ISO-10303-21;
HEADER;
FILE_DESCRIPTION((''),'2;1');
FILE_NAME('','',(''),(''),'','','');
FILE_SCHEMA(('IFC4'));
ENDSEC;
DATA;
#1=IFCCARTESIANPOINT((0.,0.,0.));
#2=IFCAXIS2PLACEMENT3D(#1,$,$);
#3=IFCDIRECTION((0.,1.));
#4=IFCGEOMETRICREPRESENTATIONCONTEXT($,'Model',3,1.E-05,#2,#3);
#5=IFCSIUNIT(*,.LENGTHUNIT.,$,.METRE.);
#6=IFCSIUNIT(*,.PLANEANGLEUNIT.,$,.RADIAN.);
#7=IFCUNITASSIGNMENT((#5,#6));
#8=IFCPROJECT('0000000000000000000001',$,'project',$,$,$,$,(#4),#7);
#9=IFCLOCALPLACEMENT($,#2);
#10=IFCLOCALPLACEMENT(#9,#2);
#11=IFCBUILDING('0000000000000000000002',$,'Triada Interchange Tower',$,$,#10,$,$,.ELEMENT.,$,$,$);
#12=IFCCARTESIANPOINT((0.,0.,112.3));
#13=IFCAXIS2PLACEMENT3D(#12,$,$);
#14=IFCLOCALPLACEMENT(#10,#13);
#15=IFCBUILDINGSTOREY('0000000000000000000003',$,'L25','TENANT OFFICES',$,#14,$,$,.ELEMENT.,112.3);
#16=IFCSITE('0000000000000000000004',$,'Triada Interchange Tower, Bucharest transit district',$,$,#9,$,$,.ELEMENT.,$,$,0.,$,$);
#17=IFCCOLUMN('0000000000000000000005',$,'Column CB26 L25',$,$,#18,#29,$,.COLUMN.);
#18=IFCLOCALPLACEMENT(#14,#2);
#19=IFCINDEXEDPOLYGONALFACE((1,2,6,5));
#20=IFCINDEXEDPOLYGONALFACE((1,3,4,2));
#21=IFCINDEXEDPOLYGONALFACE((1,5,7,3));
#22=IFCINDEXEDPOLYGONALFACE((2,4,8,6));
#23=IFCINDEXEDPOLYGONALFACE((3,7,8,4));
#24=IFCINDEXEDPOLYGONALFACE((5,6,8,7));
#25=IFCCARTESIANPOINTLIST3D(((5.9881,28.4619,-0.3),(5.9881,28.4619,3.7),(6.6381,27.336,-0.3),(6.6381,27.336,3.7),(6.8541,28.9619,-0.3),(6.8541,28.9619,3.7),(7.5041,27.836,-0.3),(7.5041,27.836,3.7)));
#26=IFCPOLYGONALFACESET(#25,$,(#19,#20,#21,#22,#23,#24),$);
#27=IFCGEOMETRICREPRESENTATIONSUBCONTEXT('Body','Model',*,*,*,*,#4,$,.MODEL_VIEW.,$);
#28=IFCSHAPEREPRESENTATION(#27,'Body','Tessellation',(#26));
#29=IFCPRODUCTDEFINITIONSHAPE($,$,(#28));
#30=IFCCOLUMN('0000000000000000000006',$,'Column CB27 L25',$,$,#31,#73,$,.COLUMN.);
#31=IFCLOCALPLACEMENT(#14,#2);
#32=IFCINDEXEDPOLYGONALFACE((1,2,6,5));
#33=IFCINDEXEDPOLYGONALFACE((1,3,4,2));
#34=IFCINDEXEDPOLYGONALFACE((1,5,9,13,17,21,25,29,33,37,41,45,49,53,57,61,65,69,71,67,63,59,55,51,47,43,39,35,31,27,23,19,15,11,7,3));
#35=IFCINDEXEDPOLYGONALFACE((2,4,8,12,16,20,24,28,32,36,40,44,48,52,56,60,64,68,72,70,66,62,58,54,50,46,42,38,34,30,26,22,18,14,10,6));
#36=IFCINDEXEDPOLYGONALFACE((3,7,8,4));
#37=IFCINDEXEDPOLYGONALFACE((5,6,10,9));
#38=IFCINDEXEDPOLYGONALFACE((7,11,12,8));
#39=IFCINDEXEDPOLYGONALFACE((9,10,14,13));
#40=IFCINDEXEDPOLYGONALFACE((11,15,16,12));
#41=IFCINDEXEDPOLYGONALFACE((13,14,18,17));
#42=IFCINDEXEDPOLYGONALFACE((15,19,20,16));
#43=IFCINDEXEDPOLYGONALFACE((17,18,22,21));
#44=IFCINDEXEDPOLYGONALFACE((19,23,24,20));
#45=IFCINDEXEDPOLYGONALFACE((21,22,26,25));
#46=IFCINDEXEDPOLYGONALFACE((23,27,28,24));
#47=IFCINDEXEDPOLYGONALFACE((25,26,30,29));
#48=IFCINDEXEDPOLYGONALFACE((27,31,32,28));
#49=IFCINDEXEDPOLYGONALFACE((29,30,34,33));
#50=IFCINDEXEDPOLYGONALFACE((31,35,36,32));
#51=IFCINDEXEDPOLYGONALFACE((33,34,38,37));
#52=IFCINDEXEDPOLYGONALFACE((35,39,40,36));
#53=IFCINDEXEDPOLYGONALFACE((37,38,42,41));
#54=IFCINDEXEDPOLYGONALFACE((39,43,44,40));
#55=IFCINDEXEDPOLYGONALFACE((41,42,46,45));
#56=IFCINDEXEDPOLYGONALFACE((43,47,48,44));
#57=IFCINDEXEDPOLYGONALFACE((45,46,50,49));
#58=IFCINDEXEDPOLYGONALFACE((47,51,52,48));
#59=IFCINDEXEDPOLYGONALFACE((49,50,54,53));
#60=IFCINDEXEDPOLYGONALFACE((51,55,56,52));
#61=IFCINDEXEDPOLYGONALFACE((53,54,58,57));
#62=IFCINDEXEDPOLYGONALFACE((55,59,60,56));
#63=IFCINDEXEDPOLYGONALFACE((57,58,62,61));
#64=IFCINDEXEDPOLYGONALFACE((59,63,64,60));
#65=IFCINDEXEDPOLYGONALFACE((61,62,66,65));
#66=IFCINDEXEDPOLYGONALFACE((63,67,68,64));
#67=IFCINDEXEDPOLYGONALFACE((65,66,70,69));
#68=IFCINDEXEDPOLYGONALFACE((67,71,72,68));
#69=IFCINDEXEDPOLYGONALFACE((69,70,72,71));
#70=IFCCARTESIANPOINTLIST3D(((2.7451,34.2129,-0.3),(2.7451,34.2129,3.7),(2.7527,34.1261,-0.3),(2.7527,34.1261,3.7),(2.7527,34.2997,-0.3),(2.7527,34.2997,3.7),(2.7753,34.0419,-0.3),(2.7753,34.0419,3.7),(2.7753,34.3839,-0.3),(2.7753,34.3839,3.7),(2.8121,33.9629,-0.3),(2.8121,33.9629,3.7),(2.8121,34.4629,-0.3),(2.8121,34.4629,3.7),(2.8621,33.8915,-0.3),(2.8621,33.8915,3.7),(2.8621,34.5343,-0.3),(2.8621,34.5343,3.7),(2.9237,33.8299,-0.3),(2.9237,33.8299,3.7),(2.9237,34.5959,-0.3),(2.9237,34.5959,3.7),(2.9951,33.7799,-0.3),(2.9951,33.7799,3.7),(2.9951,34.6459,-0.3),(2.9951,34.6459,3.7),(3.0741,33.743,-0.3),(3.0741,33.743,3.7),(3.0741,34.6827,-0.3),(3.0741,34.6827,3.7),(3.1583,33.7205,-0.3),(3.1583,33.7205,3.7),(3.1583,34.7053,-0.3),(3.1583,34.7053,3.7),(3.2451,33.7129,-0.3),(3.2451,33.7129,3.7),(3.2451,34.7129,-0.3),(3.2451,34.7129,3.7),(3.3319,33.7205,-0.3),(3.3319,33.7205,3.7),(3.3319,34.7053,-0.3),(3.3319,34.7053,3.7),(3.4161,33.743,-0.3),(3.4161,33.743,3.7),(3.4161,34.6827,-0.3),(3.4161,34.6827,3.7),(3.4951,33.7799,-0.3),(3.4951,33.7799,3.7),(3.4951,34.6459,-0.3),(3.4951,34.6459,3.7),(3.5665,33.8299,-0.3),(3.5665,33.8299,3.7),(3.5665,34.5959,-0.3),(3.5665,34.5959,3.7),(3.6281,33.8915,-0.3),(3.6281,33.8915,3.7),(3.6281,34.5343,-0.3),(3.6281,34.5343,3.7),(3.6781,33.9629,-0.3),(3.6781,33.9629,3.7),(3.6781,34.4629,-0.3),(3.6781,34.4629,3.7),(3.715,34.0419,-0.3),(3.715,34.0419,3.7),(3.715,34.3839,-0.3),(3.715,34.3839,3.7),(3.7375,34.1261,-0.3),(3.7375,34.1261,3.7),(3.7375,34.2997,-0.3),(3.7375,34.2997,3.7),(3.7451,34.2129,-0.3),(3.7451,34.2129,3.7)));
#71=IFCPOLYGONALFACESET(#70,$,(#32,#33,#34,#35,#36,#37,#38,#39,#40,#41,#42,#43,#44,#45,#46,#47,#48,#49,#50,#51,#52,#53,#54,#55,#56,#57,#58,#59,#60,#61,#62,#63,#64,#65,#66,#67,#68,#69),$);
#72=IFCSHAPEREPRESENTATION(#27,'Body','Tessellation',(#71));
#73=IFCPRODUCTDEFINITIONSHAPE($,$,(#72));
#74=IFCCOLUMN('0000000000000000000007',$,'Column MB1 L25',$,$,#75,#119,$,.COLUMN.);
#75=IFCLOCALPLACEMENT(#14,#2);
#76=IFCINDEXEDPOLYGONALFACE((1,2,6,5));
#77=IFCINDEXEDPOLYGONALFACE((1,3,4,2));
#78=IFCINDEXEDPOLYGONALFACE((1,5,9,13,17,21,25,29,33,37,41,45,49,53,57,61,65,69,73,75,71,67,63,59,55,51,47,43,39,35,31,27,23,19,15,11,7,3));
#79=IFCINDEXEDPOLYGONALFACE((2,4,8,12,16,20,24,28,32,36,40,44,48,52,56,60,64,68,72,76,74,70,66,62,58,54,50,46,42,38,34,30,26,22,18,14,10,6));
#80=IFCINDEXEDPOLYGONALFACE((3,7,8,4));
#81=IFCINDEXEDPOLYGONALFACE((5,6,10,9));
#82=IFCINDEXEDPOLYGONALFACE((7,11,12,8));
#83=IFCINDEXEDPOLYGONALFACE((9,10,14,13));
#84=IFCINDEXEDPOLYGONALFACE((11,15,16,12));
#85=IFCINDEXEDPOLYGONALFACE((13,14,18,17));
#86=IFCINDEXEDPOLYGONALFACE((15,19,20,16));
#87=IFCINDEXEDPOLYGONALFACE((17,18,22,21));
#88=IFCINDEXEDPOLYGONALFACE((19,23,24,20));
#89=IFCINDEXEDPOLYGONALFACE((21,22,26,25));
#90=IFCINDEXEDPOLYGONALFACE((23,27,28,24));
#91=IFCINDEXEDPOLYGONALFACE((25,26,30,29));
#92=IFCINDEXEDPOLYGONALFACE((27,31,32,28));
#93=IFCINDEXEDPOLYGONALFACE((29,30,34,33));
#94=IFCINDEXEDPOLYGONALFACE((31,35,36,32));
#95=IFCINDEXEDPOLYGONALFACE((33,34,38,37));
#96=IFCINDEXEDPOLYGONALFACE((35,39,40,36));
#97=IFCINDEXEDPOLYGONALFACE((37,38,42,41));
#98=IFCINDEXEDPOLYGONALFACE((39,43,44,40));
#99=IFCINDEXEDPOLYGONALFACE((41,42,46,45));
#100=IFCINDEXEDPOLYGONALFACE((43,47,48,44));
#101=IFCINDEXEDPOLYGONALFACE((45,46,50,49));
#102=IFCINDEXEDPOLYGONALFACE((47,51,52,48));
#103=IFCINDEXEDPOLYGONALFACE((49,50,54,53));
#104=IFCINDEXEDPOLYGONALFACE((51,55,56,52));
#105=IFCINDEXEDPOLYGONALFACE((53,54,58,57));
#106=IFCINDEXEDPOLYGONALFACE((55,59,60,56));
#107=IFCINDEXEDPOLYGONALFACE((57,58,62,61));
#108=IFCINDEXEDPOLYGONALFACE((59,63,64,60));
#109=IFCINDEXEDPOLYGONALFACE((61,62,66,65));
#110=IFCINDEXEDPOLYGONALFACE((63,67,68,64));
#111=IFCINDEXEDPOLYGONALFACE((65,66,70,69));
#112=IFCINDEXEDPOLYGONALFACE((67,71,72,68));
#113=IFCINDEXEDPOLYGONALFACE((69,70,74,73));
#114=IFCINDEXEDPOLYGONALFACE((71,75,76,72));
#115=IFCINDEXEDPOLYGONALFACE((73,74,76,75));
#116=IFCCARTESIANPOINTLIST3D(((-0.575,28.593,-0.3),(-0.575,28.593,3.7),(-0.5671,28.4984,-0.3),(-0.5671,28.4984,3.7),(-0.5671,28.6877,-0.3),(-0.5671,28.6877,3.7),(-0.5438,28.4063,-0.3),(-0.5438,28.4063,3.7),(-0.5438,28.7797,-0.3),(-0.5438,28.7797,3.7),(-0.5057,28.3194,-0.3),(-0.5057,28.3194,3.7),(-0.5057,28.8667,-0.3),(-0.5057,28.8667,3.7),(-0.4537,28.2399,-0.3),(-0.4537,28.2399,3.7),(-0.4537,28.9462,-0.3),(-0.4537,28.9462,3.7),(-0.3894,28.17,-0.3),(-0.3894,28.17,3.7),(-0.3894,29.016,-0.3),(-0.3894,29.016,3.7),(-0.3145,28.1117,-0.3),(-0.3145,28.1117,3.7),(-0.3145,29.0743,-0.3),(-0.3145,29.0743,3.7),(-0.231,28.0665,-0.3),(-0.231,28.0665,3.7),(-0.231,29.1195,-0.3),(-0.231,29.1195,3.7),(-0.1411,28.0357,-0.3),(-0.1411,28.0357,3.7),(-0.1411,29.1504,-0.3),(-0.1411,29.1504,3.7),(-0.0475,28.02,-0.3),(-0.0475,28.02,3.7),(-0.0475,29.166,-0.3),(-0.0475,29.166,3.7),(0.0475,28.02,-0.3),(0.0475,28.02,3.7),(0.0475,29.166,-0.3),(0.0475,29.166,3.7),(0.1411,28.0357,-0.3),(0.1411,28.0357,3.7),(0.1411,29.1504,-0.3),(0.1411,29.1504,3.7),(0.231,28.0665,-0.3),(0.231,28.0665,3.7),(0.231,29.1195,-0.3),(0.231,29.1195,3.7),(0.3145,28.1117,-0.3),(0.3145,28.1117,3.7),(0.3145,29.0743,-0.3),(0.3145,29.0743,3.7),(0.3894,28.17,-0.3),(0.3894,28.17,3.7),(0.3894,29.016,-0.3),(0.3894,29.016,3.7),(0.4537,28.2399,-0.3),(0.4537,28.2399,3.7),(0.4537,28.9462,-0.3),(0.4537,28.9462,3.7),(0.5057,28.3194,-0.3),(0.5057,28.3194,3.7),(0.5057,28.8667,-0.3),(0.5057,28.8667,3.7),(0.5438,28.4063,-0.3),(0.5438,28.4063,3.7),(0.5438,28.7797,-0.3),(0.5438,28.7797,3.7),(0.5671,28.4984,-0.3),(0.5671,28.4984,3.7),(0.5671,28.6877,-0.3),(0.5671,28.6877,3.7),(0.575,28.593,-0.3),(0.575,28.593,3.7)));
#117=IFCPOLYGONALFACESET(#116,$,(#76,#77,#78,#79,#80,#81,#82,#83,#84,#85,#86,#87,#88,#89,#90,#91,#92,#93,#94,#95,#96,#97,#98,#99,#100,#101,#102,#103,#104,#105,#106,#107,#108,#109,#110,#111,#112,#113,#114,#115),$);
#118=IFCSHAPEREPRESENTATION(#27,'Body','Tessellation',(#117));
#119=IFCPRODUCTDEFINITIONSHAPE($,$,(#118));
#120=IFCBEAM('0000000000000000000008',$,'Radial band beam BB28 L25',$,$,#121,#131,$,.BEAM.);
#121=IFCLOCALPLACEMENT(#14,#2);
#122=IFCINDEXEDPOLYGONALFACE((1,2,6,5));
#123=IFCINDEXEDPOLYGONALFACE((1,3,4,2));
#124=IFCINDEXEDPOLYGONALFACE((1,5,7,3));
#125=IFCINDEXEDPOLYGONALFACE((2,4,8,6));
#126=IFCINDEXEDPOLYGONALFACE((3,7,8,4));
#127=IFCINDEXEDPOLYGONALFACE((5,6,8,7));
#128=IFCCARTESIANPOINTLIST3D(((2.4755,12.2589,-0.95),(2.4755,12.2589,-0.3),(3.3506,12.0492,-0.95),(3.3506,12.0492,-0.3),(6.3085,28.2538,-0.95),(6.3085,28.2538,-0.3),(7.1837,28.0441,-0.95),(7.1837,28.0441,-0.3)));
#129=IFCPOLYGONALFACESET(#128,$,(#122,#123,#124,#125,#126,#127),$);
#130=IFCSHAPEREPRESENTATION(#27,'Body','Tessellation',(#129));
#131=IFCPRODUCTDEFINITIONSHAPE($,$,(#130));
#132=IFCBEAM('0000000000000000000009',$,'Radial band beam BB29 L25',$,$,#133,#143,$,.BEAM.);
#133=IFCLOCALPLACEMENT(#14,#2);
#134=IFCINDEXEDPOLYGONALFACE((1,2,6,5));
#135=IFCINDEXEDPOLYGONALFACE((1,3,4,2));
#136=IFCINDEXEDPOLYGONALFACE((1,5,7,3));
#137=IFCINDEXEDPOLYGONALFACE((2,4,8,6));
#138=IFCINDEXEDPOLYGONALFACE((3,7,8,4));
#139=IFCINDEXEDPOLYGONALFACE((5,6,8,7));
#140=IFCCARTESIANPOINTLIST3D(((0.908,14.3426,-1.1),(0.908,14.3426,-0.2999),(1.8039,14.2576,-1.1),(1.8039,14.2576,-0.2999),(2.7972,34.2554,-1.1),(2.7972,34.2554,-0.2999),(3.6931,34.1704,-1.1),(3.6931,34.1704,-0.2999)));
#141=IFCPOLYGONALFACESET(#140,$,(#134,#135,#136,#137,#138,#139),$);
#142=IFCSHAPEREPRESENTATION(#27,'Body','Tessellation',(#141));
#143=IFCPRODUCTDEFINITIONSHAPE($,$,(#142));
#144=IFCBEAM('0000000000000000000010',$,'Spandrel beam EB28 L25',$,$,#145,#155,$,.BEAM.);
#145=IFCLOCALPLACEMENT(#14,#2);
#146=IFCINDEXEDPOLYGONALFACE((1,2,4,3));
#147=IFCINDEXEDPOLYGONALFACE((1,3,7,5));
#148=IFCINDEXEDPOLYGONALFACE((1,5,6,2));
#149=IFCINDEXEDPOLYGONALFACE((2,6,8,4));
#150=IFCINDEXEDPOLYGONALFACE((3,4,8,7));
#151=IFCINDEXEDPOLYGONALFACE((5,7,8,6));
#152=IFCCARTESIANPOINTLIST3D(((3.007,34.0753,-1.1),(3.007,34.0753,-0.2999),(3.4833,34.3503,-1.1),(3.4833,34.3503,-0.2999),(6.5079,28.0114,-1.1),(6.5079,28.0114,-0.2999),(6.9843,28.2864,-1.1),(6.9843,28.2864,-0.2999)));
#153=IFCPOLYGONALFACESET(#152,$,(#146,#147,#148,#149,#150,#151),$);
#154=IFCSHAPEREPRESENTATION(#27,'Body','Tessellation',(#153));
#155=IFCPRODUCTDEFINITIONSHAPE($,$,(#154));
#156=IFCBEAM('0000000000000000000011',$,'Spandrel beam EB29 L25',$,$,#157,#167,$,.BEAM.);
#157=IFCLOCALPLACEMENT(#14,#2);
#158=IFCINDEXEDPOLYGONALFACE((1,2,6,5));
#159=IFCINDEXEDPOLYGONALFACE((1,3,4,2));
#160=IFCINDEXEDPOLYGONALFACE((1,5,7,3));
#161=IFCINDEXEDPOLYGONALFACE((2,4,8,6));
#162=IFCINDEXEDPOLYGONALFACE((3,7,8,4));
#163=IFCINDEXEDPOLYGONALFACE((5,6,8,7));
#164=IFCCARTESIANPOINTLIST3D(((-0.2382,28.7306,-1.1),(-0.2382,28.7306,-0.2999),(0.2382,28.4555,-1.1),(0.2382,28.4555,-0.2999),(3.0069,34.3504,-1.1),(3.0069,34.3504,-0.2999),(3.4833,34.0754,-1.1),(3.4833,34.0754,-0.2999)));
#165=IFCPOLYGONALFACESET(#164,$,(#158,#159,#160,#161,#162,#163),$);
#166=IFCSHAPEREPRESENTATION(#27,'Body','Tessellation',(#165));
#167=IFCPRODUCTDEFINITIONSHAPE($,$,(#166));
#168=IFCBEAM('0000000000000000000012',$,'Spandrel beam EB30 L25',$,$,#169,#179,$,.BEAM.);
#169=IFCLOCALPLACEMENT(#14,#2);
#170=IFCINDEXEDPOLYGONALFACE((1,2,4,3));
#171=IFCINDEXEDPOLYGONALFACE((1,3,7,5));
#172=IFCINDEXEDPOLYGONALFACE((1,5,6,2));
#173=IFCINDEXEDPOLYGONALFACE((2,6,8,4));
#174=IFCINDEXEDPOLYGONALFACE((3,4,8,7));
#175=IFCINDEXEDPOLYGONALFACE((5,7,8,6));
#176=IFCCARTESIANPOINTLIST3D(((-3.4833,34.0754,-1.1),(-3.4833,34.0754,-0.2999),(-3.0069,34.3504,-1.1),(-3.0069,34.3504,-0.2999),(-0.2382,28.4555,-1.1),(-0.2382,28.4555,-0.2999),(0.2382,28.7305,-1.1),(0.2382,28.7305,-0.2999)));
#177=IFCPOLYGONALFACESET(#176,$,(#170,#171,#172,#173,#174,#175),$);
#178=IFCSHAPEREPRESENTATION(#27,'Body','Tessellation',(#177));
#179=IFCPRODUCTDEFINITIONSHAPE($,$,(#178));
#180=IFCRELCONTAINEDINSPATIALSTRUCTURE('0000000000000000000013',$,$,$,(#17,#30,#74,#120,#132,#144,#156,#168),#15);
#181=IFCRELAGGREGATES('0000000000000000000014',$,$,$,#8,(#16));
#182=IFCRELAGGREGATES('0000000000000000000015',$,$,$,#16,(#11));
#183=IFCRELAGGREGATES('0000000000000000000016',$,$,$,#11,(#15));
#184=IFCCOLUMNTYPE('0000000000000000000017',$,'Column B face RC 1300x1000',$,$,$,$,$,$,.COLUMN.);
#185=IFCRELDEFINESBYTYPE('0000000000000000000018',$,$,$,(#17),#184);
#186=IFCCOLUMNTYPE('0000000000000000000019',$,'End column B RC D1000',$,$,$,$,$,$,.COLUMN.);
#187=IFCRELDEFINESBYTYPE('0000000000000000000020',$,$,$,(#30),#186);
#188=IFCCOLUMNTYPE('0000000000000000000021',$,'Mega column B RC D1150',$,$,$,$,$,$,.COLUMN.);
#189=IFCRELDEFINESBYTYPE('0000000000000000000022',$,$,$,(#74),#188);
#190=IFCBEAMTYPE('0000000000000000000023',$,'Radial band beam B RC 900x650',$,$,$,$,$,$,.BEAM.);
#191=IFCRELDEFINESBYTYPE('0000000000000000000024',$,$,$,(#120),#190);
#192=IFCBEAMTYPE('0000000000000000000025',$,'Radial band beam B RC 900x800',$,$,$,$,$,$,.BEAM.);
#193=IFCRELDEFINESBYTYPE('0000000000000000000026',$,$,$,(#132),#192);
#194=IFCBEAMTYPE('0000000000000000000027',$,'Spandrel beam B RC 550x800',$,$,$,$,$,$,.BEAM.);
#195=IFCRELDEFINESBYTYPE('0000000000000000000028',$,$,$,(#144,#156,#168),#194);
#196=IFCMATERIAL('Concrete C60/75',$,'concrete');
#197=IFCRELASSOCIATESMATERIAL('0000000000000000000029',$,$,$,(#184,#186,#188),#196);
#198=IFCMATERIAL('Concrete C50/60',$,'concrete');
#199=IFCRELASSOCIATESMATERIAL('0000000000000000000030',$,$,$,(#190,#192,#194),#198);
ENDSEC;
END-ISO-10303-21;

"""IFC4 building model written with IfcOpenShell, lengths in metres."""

from ifc_helpers import new_model, si_unit, direction, frame, origin, origin_2d, place, context, subcontext, project, spatial, rectangle, circle, extrude, material, material_profile, profile_set, type_object, element, save


model = new_model("IFC4")

# Units and contexts
model_context = context("Model", 3, precision=1e-05, world=origin(), true_north=direction((0.0, 1.0)))
body_context = subcontext(model_context, "Body", "Model", "MODEL_VIEW")
ifc_project = project(units=[si_unit("LENGTHUNIT", "METRE"), si_unit("PLANEANGLEUNIT", "RADIAN")], contexts=[model_context])

# Site, building, storey
site_placement = place(None, origin())
site = spatial("IfcSite", under=ifc_project, at=site_placement, Name="Triada Interchange Tower, Bucharest transit district", CompositionType="ELEMENT", RefElevation=0.0)
building_placement = place(site_placement, origin())
building = spatial("IfcBuilding", under=site, at=building_placement, Name="Triada Interchange Tower", CompositionType="ELEMENT")
storey_placement = place(building_placement, frame((0.0, 0.0, 112.3)))
storey = spatial("IfcBuildingStorey", under=building, at=storey_placement, Name="L25", Description="TENANT OFFICES", CompositionType="ELEMENT", Elevation=112.3)

# Columns
ifc_material_1 = material(Name="Concrete C60/75", Category="concrete")
ifc_material_profile_1 = material_profile(ifc_material_1, rectangle(XDim=1.3, YDim=1.0, at=origin_2d()), Name="RC 1300x1000")
ifc_profile_set_1 = profile_set([ifc_material_profile_1], Name="Concrete C60/75")
column_type_1 = type_object("IfcColumnType", Name="Column B face RC 1300x1000", PredefinedType="COLUMN", material=ifc_profile_set_1)
column_1_placement = place(storey_placement, frame((6.7461, 28.1489, -0.3), z_axis=(0.0, 0.0, 1.0), x_axis=(-0.5, 0.866025, 0.0)))
element("IfcColumn", 1, at=column_1_placement, inside=storey, type_object=column_type_1, Name="Column CB26 L25", PredefinedType="COLUMN", context=body_context, shape_type="SweptSolid", body=[
    extrude(rectangle(XDim=1.3, YDim=1.0, at=origin_2d()), origin(), (0.0, 0.0, 1.0), 4.0),
])
ifc_material_profile_2 = material_profile(ifc_material_1, circle(Radius=0.5, at=origin_2d()), Name="RC D1000")
ifc_profile_set_2 = profile_set([ifc_material_profile_2], Name="Concrete C60/75")
column_type_2 = type_object("IfcColumnType", Name="End column B RC D1000", PredefinedType="COLUMN", material=ifc_profile_set_2)
column_2_placement = place(storey_placement, frame((3.2451, 34.2129, -0.3), z_axis=(0.0, 0.0, 1.0), x_axis=(-0.5, 0.866025, 0.0)))
element("IfcColumn", 2, at=column_2_placement, inside=storey, type_object=column_type_2, Name="Column CB27 L25", PredefinedType="COLUMN", context=body_context, shape_type="SweptSolid", body=[
    extrude(circle(Radius=0.5, at=origin_2d()), origin(), (0.0, 0.0, 1.0), 4.0),
])
ifc_material_profile_3 = material_profile(ifc_material_1, circle(Radius=0.575, at=origin_2d()), Name="RC D1150")
ifc_profile_set_3 = profile_set([ifc_material_profile_3], Name="Concrete C60/75")
column_type_3 = type_object("IfcColumnType", Name="Mega column B RC D1150", PredefinedType="COLUMN", material=ifc_profile_set_3)
column_3_placement = place(storey_placement, frame((0.0, 28.593, -0.3), z_axis=(0.0, 0.0, 1.0), x_axis=(1.0, 0.0, 0.0)))
element("IfcColumn", 3, at=column_3_placement, inside=storey, type_object=column_type_3, Name="Column MB1 L25", PredefinedType="COLUMN", context=body_context, shape_type="SweptSolid", body=[
    extrude(circle(Radius=0.575, at=origin_2d()), origin(), (0.0, 0.0, 1.0), 4.0),
])

# Beams
ifc_material_2 = material(Name="Concrete C50/60", Category="concrete")
ifc_material_profile_4 = material_profile(ifc_material_2, rectangle(XDim=0.8999, YDim=0.6499, at=origin_2d()), Name="RC 900x650")
ifc_profile_set_4 = profile_set([ifc_material_profile_4], Name="Concrete C50/60")
beam_type_1 = type_object("IfcBeamType", Name="Radial band beam B RC 900x650", PredefinedType="BEAM", material=ifc_profile_set_4)
beam_1_placement = place(storey_placement, frame((6.7461, 28.1489, -0.625), z_axis=(-0.233042, -0.972467, 0.0), x_axis=(0.972467, -0.233042, 0.0)))
element("IfcBeam", 4, at=beam_1_placement, inside=storey, type_object=beam_type_1, Name="Radial band beam BB28 L25", PredefinedType="BEAM", context=body_context, shape_type="SweptSolid", body=[
    extrude(rectangle(XDim=0.8999, YDim=0.6499, at=origin_2d()), origin(), (0.0, 0.0, 1.0), 16.4478),
])
ifc_material_profile_5 = material_profile(ifc_material_2, rectangle(XDim=0.8999, YDim=0.8, at=origin_2d()), Name="RC 900x800")
ifc_profile_set_5 = profile_set([ifc_material_profile_5], Name="Concrete C50/60")
beam_type_2 = type_object("IfcBeamType", Name="Radial band beam B RC 900x800", PredefinedType="BEAM", material=ifc_profile_set_5)
beam_2_placement = place(storey_placement, frame((3.2451, 34.2129, -0.7), z_axis=(-0.094447, -0.99553, 0.0), x_axis=(0.99553, -0.094447, 0.0)))
element("IfcBeam", 5, at=beam_2_placement, inside=storey, type_object=beam_type_2, Name="Radial band beam BB29 L25", PredefinedType="BEAM", context=body_context, shape_type="SweptSolid", body=[
    extrude(rectangle(XDim=0.8999, YDim=0.8, at=origin_2d()), origin(), (0.0, 0.0, 1.0), 20.0022),
])
ifc_material_profile_6 = material_profile(ifc_material_2, rectangle(XDim=0.55, YDim=0.8, at=origin_2d()), Name="RC 550x800")
ifc_profile_set_6 = profile_set([ifc_material_profile_6], Name="Concrete C50/60")
beam_type_3 = type_object("IfcBeamType", Name="Spandrel beam B RC 550x800", PredefinedType="BEAM", material=ifc_profile_set_6)
beam_3_placement = place(storey_placement, frame((6.7461, 28.1489, -0.7), z_axis=(-0.499994, 0.866029, 0.0), x_axis=(-0.866029, -0.499994, 0.0)))
element("IfcBeam", 6, at=beam_3_placement, inside=storey, type_object=beam_type_3, Name="Spandrel beam EB28 L25", PredefinedType="BEAM", context=body_context, shape_type="SweptSolid", body=[
    extrude(rectangle(XDim=0.55, YDim=0.8, at=origin_2d()), origin(), (0.0, 0.0, 1.0), 7.002),
])
for number, where, z_axis, x_axis, name in (
    (7, (3.2451, 34.2129, -0.7), (-0.500056, -0.865993, 0.0), (0.865993, -0.500056, 0.0), "Spandrel beam EB29 L25"),
    (8, (0.0, 28.593, -0.7), (-0.500056, 0.865993, 0.0), (-0.865993, -0.500056, 0.0), "Spandrel beam EB30 L25"),
):
    element("IfcBeam", number, at=place(storey_placement, frame(where, z_axis=z_axis, x_axis=x_axis)), inside=storey, type_object=beam_type_3, Name=name, PredefinedType="BEAM", context=body_context, shape_type="SweptSolid", body=[
        extrude(rectangle(XDim=0.55, YDim=0.8, at=origin_2d()), origin(), (0.0, 0.0, 1.0), 6.4895),
    ])

save(model, "model.ifc")
